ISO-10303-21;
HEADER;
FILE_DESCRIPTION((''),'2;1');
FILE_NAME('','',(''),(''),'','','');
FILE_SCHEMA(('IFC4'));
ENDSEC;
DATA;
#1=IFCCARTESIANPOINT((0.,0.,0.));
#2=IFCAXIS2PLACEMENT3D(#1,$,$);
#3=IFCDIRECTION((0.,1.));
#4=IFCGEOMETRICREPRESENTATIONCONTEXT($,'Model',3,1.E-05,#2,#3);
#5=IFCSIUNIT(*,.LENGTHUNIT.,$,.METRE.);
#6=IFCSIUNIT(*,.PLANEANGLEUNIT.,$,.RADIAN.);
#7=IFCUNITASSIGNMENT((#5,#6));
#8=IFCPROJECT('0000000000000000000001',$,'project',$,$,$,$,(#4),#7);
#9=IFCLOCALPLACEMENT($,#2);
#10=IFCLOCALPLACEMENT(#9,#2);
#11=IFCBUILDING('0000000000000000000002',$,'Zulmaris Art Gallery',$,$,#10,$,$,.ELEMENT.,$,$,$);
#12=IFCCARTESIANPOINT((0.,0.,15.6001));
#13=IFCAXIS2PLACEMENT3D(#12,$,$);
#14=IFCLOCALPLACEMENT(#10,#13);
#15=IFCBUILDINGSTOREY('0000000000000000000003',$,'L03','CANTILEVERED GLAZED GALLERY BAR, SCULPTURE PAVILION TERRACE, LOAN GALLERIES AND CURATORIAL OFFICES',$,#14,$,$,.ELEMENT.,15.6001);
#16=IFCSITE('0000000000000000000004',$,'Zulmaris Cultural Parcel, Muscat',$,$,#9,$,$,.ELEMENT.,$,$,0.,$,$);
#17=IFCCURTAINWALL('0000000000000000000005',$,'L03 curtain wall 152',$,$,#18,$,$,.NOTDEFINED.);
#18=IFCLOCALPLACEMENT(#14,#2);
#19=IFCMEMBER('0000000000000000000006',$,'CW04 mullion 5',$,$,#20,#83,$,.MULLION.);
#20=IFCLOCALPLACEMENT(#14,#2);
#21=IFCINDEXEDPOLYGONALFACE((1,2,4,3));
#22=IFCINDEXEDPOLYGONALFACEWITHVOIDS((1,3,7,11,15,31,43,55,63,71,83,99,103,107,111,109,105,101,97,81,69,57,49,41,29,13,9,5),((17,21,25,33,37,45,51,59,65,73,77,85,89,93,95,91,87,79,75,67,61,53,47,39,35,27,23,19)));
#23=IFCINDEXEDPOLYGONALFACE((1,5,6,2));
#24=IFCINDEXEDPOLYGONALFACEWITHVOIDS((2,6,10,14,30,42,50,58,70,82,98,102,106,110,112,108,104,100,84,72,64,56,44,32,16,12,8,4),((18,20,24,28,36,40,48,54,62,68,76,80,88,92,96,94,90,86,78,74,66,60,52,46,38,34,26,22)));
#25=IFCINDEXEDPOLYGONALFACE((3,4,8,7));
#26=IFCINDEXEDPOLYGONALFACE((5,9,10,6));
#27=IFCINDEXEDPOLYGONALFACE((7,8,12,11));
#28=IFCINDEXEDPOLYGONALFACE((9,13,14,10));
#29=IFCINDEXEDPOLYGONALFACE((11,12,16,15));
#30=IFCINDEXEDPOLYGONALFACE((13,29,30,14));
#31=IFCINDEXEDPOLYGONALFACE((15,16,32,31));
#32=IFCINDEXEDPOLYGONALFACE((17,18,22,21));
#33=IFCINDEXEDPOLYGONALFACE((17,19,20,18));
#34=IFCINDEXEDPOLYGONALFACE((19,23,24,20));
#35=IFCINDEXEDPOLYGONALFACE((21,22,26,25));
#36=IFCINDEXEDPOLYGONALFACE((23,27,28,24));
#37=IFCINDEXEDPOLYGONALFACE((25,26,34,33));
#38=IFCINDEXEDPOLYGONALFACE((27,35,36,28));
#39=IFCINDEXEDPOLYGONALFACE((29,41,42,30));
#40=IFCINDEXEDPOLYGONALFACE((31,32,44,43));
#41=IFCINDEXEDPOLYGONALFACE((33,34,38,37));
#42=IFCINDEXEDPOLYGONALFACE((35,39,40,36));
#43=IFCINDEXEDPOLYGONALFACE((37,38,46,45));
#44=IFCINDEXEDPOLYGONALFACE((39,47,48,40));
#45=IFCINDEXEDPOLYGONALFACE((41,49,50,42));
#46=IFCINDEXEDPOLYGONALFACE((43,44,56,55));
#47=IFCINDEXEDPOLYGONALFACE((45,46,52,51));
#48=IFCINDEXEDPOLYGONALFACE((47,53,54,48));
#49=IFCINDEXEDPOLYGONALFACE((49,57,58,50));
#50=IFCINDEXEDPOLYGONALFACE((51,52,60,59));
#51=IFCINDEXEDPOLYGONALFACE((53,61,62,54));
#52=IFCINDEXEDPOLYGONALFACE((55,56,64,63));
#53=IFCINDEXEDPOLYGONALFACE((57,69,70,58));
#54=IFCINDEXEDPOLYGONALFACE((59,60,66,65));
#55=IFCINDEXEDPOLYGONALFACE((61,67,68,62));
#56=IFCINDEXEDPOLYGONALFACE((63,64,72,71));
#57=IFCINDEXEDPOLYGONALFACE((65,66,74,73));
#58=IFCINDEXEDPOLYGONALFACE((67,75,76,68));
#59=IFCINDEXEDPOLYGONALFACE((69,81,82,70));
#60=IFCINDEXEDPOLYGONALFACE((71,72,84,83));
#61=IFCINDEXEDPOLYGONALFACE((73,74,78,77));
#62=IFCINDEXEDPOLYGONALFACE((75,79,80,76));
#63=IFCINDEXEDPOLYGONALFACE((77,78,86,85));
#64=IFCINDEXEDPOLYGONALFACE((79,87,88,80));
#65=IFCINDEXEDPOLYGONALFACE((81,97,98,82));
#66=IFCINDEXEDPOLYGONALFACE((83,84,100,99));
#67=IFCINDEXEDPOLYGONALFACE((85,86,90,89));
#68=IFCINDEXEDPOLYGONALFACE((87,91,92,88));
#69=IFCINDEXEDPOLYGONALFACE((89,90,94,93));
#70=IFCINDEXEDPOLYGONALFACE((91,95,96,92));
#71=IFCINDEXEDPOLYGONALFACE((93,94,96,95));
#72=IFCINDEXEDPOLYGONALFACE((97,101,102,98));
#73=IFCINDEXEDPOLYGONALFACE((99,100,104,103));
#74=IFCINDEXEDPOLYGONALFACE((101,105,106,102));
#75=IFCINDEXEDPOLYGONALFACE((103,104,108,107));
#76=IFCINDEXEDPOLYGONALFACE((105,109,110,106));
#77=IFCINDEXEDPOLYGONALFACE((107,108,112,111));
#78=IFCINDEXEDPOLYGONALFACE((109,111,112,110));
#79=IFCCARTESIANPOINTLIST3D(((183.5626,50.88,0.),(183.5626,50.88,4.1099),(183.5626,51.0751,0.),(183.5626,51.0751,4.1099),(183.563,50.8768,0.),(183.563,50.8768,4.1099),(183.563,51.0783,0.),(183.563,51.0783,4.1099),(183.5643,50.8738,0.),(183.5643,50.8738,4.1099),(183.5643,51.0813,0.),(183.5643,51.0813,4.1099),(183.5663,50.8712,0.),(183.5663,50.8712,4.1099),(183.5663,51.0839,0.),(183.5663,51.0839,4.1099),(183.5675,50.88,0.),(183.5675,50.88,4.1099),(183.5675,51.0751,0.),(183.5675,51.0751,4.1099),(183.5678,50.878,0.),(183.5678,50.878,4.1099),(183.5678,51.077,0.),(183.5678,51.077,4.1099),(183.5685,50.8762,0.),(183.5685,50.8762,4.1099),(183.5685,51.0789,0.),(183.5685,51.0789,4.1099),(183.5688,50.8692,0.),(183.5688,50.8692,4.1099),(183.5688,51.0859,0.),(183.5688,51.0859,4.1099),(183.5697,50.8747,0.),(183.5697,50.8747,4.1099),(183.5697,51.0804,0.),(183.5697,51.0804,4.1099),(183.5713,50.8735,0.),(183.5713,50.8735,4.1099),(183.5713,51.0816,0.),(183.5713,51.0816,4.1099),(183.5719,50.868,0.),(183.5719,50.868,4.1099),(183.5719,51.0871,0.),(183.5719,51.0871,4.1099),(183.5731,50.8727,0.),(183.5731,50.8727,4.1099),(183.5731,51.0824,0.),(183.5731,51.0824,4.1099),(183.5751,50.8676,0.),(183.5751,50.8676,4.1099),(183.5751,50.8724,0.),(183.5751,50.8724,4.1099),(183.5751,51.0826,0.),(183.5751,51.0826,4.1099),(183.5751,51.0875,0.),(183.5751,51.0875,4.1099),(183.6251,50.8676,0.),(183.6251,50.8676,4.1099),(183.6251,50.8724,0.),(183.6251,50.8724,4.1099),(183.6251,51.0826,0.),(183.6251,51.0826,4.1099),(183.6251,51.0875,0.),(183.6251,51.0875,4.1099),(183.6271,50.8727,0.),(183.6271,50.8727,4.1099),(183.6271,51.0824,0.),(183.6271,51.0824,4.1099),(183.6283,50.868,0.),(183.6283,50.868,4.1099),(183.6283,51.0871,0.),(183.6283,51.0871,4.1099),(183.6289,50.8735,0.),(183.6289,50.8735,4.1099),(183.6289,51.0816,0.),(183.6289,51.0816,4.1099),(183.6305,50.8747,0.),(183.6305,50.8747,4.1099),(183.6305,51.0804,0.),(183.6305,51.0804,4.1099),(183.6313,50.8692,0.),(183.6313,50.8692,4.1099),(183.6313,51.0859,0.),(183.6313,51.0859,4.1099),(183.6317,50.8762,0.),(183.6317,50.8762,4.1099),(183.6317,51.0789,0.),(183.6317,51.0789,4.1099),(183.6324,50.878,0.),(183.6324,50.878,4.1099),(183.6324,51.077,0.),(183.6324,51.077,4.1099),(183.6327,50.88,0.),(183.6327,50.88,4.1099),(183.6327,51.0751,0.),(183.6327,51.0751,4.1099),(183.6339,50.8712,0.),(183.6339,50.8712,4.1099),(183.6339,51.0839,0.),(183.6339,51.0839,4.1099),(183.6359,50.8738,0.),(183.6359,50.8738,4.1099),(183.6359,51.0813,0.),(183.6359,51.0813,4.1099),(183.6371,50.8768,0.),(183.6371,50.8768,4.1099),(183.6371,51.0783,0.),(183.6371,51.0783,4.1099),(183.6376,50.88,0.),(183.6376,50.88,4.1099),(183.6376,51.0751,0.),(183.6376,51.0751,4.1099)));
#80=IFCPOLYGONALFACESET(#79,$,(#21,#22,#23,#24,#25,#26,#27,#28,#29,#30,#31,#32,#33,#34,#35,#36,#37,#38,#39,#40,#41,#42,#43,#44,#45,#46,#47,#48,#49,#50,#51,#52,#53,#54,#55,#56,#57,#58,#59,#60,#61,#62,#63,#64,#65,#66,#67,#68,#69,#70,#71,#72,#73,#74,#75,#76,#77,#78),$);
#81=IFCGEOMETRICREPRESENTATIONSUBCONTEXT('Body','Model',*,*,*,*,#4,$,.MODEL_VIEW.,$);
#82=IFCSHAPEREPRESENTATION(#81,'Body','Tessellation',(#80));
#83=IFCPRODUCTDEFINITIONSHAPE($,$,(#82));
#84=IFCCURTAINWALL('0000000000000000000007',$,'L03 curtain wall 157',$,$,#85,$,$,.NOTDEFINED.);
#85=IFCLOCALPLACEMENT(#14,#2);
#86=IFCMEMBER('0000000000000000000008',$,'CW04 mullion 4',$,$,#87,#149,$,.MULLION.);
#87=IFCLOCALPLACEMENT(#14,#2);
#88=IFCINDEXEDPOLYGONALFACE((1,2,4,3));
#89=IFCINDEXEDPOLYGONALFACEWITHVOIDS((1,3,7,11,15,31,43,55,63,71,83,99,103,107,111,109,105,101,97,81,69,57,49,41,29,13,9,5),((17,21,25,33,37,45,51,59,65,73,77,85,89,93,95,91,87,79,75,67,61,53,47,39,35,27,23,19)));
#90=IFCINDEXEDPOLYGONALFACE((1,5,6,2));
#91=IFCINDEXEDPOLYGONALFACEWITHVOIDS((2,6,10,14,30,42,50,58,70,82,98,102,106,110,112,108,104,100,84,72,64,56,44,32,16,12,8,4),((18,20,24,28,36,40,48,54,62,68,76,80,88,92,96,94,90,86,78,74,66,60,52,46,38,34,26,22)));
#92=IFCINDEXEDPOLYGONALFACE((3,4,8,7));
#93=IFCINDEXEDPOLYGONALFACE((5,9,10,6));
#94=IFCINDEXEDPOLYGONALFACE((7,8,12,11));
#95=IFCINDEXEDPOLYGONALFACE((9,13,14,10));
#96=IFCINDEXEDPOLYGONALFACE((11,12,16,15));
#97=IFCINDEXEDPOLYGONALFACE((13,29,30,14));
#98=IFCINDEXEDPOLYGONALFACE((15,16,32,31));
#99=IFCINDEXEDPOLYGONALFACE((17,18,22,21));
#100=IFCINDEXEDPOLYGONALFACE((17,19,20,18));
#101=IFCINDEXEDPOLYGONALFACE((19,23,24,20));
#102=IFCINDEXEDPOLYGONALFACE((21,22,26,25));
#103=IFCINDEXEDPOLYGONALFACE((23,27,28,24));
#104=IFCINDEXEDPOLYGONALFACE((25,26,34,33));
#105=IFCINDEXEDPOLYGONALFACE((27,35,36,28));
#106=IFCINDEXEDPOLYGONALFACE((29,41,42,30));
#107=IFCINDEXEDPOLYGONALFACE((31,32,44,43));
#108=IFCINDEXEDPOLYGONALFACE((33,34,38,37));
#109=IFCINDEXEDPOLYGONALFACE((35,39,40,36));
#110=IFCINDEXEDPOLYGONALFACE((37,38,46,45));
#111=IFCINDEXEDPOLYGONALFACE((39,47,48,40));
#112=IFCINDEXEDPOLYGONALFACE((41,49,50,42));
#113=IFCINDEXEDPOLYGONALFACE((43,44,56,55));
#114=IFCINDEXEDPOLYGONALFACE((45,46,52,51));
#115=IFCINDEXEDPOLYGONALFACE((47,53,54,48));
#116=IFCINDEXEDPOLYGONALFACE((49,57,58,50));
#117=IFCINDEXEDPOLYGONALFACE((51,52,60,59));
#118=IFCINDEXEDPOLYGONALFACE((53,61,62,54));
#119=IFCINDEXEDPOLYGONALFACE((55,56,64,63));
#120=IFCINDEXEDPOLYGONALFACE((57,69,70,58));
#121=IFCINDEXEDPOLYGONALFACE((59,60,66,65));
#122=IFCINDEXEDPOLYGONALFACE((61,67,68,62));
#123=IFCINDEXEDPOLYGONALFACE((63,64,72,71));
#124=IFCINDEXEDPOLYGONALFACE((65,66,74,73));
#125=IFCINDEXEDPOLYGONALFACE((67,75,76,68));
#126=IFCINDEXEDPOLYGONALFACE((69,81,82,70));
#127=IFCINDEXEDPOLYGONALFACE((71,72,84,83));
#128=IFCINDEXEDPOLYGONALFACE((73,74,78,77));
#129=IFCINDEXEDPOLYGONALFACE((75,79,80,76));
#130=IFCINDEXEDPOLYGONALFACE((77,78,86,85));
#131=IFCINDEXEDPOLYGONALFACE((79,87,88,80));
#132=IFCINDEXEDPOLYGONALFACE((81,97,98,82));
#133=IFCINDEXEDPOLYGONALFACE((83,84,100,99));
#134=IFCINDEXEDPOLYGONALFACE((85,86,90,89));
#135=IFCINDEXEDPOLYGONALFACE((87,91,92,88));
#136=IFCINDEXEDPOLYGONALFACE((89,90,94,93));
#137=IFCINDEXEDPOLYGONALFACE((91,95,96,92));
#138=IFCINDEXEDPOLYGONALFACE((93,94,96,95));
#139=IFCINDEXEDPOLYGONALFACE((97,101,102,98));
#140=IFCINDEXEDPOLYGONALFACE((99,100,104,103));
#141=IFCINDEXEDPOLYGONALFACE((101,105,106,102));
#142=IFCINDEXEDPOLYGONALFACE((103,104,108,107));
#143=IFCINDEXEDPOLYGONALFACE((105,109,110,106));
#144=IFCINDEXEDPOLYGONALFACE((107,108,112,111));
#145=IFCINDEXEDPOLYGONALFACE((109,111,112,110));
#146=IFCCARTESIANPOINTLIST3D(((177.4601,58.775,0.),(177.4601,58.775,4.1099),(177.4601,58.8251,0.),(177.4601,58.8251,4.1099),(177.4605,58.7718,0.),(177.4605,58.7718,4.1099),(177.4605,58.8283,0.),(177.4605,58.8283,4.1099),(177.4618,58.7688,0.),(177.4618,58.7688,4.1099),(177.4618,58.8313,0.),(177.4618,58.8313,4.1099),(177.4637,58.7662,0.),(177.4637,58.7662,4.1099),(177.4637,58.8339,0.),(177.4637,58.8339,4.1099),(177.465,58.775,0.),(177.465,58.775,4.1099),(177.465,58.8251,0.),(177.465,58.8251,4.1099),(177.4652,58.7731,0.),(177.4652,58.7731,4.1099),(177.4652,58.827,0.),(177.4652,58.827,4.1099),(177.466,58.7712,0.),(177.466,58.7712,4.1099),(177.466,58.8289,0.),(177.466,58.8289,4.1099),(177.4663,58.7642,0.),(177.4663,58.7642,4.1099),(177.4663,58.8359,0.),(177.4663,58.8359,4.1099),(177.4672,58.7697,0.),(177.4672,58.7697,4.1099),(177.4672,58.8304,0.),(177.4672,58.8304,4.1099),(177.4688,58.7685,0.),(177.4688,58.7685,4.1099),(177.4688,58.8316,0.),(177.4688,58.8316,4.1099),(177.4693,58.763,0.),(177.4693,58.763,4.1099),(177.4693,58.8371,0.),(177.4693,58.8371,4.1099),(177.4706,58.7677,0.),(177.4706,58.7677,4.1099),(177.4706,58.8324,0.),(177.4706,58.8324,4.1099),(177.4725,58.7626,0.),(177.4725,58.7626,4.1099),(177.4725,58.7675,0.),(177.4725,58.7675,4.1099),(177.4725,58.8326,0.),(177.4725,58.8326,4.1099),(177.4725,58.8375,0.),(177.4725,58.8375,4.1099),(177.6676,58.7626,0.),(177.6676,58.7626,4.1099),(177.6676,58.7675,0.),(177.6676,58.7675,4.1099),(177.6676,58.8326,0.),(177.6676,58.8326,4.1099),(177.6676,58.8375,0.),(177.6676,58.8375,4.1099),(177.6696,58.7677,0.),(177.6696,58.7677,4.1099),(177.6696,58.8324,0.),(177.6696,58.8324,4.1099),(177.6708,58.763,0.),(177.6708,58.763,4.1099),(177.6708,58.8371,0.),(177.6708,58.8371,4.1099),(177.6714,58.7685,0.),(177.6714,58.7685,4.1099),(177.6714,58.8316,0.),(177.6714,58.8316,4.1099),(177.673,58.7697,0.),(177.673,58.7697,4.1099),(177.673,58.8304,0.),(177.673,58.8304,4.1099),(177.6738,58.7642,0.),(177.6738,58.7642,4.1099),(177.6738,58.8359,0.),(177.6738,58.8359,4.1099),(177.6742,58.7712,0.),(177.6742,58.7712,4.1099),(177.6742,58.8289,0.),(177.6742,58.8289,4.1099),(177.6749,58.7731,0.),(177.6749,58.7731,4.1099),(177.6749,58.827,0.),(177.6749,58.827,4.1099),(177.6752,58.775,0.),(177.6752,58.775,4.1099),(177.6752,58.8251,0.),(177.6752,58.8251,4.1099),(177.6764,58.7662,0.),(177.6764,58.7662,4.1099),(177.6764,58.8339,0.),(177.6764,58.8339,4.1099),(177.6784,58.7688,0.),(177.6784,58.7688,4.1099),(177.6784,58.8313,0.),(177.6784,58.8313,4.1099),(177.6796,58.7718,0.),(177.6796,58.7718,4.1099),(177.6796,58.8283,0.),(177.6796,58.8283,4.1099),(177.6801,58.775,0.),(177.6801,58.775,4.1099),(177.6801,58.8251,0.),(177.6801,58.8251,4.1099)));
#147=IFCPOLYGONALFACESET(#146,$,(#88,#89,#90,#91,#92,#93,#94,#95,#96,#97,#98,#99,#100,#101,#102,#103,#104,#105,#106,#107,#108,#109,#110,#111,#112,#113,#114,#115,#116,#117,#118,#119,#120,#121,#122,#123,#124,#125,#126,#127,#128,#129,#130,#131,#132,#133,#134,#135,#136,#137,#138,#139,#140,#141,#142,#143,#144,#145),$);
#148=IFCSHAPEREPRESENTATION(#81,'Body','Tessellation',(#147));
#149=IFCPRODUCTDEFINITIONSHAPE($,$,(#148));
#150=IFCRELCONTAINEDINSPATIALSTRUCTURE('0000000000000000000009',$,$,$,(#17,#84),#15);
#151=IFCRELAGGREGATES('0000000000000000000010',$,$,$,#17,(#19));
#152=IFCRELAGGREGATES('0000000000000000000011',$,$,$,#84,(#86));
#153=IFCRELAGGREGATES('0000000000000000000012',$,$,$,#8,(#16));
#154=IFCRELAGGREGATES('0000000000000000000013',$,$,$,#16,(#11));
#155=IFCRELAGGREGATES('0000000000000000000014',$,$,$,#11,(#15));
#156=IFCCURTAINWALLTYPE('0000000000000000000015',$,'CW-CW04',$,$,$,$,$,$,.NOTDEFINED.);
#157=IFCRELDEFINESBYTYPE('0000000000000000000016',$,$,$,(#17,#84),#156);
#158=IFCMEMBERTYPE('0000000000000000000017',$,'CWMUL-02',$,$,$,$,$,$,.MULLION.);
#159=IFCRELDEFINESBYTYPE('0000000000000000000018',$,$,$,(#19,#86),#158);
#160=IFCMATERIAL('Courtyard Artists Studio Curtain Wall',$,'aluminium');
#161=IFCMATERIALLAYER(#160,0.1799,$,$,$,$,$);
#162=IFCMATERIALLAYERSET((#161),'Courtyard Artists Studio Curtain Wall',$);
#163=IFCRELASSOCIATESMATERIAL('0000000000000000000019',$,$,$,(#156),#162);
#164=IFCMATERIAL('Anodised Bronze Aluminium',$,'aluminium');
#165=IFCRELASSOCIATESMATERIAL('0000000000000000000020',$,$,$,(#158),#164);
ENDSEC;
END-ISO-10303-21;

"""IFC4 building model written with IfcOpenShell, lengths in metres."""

from ifc_helpers import new_model, si_unit, direction, frame, origin, origin_2d, place, context, subcontext, project, spatial, hollow_rectangle, extrude, material, layer, layer_set, material_profile, profile_set, type_object, element, aggregate, save


model = new_model("IFC4")

# Units and contexts
model_context = context("Model", 3, precision=1e-05, world=origin(), true_north=direction((0.0, 1.0)))
body_context = subcontext(model_context, "Body", "Model", "MODEL_VIEW")
ifc_project = project(units=[si_unit("LENGTHUNIT", "METRE"), si_unit("PLANEANGLEUNIT", "RADIAN")], contexts=[model_context])

# Site, building, storey
site_placement = place(None, origin())
site = spatial("IfcSite", under=ifc_project, at=site_placement, Name="Zulmaris Cultural Parcel, Muscat", CompositionType="ELEMENT", RefElevation=0.0)
building_placement = place(site_placement, origin())
building = spatial("IfcBuilding", under=site, at=building_placement, Name="Zulmaris Art Gallery", CompositionType="ELEMENT")
storey_placement = place(building_placement, frame((0.0, 0.0, 15.6001)))
storey = spatial("IfcBuildingStorey", under=building, at=storey_placement, Name="L03", Description="CANTILEVERED GLAZED GALLERY BAR, SCULPTURE PAVILION TERRACE, LOAN GALLERIES AND CURATORIAL OFFICES", CompositionType="ELEMENT", Elevation=15.6001)

# Shared definitions
ifc_material_1 = material(Name="Courtyard Artists Studio Curtain Wall", Category="aluminium")
ifc_layer_1 = layer(ifc_material_1, 0.1799)
ifc_layer_set_1 = layer_set([ifc_layer_1], Name="Courtyard Artists Studio Curtain Wall")
curtain_wall_type = type_object("IfcCurtainWallType", Name="CW-CW04", PredefinedType="NOTDEFINED", material=ifc_layer_set_1)
ifc_material_2 = material(Name="Anodised Bronze Aluminium", Category="aluminium")
ifc_material_profile_1 = material_profile(ifc_material_2, hollow_rectangle(XDim=0.075, YDim=0.22, WallThickness=0.0049, InnerFilletRadius=0.0076, OuterFilletRadius=0.0125, at=origin_2d()), Name="ALU 75x220x5")
ifc_profile_set_1 = profile_set([ifc_material_profile_1], Name="Anodised Bronze Aluminium")
member_type_1 = type_object("IfcMemberType", Name="CWMUL-02", PredefinedType="MULLION", material=ifc_profile_set_1)

# Curtain walls, members
curtain_wall_1_placement = place(storey_placement, origin())
curtain_wall_1 = element("IfcCurtainWall", 1, at=curtain_wall_1_placement, inside=storey, type_object=curtain_wall_type, Name="L03 curtain wall 152", PredefinedType="NOTDEFINED")
member_1_placement = place(storey_placement, frame((183.6001, 50.9775, 0.0), z_axis=(0.0, 0.0, 1.0), x_axis=(1.0, 0.0, 0.0)))
member_1 = element("IfcMember", 2, at=member_1_placement, type_object=member_type_1, Name="CW04 mullion 5", PredefinedType="MULLION", context=body_context, shape_type="SweptSolid", body=[
    extrude(hollow_rectangle(XDim=0.075, YDim=0.22, WallThickness=0.0049, InnerFilletRadius=0.0076, OuterFilletRadius=0.0125, at=origin_2d()), origin(), (0.0, 0.0, 1.0), 4.1099),
])
curtain_wall_2_placement = place(storey_placement, origin())
curtain_wall_2 = element("IfcCurtainWall", 3, at=curtain_wall_2_placement, inside=storey, type_object=curtain_wall_type, Name="L03 curtain wall 157", PredefinedType="NOTDEFINED")
member_2_placement = place(storey_placement, frame((177.5701, 58.8, 0.0), z_axis=(0.0, 0.0, 1.0), x_axis=(0.0, -1.0, 0.0)))
member_2 = element("IfcMember", 4, at=member_2_placement, type_object=member_type_1, Name="CW04 mullion 4", PredefinedType="MULLION", context=body_context, shape_type="SweptSolid", body=[
    extrude(hollow_rectangle(XDim=0.075, YDim=0.22, WallThickness=0.0049, InnerFilletRadius=0.0076, OuterFilletRadius=0.0125, at=origin_2d()), origin(), (0.0, 0.0, 1.0), 4.1099),
])

aggregate(curtain_wall_1, [member_1])
aggregate(curtain_wall_2, [member_2])

save(model, "model.ifc")
